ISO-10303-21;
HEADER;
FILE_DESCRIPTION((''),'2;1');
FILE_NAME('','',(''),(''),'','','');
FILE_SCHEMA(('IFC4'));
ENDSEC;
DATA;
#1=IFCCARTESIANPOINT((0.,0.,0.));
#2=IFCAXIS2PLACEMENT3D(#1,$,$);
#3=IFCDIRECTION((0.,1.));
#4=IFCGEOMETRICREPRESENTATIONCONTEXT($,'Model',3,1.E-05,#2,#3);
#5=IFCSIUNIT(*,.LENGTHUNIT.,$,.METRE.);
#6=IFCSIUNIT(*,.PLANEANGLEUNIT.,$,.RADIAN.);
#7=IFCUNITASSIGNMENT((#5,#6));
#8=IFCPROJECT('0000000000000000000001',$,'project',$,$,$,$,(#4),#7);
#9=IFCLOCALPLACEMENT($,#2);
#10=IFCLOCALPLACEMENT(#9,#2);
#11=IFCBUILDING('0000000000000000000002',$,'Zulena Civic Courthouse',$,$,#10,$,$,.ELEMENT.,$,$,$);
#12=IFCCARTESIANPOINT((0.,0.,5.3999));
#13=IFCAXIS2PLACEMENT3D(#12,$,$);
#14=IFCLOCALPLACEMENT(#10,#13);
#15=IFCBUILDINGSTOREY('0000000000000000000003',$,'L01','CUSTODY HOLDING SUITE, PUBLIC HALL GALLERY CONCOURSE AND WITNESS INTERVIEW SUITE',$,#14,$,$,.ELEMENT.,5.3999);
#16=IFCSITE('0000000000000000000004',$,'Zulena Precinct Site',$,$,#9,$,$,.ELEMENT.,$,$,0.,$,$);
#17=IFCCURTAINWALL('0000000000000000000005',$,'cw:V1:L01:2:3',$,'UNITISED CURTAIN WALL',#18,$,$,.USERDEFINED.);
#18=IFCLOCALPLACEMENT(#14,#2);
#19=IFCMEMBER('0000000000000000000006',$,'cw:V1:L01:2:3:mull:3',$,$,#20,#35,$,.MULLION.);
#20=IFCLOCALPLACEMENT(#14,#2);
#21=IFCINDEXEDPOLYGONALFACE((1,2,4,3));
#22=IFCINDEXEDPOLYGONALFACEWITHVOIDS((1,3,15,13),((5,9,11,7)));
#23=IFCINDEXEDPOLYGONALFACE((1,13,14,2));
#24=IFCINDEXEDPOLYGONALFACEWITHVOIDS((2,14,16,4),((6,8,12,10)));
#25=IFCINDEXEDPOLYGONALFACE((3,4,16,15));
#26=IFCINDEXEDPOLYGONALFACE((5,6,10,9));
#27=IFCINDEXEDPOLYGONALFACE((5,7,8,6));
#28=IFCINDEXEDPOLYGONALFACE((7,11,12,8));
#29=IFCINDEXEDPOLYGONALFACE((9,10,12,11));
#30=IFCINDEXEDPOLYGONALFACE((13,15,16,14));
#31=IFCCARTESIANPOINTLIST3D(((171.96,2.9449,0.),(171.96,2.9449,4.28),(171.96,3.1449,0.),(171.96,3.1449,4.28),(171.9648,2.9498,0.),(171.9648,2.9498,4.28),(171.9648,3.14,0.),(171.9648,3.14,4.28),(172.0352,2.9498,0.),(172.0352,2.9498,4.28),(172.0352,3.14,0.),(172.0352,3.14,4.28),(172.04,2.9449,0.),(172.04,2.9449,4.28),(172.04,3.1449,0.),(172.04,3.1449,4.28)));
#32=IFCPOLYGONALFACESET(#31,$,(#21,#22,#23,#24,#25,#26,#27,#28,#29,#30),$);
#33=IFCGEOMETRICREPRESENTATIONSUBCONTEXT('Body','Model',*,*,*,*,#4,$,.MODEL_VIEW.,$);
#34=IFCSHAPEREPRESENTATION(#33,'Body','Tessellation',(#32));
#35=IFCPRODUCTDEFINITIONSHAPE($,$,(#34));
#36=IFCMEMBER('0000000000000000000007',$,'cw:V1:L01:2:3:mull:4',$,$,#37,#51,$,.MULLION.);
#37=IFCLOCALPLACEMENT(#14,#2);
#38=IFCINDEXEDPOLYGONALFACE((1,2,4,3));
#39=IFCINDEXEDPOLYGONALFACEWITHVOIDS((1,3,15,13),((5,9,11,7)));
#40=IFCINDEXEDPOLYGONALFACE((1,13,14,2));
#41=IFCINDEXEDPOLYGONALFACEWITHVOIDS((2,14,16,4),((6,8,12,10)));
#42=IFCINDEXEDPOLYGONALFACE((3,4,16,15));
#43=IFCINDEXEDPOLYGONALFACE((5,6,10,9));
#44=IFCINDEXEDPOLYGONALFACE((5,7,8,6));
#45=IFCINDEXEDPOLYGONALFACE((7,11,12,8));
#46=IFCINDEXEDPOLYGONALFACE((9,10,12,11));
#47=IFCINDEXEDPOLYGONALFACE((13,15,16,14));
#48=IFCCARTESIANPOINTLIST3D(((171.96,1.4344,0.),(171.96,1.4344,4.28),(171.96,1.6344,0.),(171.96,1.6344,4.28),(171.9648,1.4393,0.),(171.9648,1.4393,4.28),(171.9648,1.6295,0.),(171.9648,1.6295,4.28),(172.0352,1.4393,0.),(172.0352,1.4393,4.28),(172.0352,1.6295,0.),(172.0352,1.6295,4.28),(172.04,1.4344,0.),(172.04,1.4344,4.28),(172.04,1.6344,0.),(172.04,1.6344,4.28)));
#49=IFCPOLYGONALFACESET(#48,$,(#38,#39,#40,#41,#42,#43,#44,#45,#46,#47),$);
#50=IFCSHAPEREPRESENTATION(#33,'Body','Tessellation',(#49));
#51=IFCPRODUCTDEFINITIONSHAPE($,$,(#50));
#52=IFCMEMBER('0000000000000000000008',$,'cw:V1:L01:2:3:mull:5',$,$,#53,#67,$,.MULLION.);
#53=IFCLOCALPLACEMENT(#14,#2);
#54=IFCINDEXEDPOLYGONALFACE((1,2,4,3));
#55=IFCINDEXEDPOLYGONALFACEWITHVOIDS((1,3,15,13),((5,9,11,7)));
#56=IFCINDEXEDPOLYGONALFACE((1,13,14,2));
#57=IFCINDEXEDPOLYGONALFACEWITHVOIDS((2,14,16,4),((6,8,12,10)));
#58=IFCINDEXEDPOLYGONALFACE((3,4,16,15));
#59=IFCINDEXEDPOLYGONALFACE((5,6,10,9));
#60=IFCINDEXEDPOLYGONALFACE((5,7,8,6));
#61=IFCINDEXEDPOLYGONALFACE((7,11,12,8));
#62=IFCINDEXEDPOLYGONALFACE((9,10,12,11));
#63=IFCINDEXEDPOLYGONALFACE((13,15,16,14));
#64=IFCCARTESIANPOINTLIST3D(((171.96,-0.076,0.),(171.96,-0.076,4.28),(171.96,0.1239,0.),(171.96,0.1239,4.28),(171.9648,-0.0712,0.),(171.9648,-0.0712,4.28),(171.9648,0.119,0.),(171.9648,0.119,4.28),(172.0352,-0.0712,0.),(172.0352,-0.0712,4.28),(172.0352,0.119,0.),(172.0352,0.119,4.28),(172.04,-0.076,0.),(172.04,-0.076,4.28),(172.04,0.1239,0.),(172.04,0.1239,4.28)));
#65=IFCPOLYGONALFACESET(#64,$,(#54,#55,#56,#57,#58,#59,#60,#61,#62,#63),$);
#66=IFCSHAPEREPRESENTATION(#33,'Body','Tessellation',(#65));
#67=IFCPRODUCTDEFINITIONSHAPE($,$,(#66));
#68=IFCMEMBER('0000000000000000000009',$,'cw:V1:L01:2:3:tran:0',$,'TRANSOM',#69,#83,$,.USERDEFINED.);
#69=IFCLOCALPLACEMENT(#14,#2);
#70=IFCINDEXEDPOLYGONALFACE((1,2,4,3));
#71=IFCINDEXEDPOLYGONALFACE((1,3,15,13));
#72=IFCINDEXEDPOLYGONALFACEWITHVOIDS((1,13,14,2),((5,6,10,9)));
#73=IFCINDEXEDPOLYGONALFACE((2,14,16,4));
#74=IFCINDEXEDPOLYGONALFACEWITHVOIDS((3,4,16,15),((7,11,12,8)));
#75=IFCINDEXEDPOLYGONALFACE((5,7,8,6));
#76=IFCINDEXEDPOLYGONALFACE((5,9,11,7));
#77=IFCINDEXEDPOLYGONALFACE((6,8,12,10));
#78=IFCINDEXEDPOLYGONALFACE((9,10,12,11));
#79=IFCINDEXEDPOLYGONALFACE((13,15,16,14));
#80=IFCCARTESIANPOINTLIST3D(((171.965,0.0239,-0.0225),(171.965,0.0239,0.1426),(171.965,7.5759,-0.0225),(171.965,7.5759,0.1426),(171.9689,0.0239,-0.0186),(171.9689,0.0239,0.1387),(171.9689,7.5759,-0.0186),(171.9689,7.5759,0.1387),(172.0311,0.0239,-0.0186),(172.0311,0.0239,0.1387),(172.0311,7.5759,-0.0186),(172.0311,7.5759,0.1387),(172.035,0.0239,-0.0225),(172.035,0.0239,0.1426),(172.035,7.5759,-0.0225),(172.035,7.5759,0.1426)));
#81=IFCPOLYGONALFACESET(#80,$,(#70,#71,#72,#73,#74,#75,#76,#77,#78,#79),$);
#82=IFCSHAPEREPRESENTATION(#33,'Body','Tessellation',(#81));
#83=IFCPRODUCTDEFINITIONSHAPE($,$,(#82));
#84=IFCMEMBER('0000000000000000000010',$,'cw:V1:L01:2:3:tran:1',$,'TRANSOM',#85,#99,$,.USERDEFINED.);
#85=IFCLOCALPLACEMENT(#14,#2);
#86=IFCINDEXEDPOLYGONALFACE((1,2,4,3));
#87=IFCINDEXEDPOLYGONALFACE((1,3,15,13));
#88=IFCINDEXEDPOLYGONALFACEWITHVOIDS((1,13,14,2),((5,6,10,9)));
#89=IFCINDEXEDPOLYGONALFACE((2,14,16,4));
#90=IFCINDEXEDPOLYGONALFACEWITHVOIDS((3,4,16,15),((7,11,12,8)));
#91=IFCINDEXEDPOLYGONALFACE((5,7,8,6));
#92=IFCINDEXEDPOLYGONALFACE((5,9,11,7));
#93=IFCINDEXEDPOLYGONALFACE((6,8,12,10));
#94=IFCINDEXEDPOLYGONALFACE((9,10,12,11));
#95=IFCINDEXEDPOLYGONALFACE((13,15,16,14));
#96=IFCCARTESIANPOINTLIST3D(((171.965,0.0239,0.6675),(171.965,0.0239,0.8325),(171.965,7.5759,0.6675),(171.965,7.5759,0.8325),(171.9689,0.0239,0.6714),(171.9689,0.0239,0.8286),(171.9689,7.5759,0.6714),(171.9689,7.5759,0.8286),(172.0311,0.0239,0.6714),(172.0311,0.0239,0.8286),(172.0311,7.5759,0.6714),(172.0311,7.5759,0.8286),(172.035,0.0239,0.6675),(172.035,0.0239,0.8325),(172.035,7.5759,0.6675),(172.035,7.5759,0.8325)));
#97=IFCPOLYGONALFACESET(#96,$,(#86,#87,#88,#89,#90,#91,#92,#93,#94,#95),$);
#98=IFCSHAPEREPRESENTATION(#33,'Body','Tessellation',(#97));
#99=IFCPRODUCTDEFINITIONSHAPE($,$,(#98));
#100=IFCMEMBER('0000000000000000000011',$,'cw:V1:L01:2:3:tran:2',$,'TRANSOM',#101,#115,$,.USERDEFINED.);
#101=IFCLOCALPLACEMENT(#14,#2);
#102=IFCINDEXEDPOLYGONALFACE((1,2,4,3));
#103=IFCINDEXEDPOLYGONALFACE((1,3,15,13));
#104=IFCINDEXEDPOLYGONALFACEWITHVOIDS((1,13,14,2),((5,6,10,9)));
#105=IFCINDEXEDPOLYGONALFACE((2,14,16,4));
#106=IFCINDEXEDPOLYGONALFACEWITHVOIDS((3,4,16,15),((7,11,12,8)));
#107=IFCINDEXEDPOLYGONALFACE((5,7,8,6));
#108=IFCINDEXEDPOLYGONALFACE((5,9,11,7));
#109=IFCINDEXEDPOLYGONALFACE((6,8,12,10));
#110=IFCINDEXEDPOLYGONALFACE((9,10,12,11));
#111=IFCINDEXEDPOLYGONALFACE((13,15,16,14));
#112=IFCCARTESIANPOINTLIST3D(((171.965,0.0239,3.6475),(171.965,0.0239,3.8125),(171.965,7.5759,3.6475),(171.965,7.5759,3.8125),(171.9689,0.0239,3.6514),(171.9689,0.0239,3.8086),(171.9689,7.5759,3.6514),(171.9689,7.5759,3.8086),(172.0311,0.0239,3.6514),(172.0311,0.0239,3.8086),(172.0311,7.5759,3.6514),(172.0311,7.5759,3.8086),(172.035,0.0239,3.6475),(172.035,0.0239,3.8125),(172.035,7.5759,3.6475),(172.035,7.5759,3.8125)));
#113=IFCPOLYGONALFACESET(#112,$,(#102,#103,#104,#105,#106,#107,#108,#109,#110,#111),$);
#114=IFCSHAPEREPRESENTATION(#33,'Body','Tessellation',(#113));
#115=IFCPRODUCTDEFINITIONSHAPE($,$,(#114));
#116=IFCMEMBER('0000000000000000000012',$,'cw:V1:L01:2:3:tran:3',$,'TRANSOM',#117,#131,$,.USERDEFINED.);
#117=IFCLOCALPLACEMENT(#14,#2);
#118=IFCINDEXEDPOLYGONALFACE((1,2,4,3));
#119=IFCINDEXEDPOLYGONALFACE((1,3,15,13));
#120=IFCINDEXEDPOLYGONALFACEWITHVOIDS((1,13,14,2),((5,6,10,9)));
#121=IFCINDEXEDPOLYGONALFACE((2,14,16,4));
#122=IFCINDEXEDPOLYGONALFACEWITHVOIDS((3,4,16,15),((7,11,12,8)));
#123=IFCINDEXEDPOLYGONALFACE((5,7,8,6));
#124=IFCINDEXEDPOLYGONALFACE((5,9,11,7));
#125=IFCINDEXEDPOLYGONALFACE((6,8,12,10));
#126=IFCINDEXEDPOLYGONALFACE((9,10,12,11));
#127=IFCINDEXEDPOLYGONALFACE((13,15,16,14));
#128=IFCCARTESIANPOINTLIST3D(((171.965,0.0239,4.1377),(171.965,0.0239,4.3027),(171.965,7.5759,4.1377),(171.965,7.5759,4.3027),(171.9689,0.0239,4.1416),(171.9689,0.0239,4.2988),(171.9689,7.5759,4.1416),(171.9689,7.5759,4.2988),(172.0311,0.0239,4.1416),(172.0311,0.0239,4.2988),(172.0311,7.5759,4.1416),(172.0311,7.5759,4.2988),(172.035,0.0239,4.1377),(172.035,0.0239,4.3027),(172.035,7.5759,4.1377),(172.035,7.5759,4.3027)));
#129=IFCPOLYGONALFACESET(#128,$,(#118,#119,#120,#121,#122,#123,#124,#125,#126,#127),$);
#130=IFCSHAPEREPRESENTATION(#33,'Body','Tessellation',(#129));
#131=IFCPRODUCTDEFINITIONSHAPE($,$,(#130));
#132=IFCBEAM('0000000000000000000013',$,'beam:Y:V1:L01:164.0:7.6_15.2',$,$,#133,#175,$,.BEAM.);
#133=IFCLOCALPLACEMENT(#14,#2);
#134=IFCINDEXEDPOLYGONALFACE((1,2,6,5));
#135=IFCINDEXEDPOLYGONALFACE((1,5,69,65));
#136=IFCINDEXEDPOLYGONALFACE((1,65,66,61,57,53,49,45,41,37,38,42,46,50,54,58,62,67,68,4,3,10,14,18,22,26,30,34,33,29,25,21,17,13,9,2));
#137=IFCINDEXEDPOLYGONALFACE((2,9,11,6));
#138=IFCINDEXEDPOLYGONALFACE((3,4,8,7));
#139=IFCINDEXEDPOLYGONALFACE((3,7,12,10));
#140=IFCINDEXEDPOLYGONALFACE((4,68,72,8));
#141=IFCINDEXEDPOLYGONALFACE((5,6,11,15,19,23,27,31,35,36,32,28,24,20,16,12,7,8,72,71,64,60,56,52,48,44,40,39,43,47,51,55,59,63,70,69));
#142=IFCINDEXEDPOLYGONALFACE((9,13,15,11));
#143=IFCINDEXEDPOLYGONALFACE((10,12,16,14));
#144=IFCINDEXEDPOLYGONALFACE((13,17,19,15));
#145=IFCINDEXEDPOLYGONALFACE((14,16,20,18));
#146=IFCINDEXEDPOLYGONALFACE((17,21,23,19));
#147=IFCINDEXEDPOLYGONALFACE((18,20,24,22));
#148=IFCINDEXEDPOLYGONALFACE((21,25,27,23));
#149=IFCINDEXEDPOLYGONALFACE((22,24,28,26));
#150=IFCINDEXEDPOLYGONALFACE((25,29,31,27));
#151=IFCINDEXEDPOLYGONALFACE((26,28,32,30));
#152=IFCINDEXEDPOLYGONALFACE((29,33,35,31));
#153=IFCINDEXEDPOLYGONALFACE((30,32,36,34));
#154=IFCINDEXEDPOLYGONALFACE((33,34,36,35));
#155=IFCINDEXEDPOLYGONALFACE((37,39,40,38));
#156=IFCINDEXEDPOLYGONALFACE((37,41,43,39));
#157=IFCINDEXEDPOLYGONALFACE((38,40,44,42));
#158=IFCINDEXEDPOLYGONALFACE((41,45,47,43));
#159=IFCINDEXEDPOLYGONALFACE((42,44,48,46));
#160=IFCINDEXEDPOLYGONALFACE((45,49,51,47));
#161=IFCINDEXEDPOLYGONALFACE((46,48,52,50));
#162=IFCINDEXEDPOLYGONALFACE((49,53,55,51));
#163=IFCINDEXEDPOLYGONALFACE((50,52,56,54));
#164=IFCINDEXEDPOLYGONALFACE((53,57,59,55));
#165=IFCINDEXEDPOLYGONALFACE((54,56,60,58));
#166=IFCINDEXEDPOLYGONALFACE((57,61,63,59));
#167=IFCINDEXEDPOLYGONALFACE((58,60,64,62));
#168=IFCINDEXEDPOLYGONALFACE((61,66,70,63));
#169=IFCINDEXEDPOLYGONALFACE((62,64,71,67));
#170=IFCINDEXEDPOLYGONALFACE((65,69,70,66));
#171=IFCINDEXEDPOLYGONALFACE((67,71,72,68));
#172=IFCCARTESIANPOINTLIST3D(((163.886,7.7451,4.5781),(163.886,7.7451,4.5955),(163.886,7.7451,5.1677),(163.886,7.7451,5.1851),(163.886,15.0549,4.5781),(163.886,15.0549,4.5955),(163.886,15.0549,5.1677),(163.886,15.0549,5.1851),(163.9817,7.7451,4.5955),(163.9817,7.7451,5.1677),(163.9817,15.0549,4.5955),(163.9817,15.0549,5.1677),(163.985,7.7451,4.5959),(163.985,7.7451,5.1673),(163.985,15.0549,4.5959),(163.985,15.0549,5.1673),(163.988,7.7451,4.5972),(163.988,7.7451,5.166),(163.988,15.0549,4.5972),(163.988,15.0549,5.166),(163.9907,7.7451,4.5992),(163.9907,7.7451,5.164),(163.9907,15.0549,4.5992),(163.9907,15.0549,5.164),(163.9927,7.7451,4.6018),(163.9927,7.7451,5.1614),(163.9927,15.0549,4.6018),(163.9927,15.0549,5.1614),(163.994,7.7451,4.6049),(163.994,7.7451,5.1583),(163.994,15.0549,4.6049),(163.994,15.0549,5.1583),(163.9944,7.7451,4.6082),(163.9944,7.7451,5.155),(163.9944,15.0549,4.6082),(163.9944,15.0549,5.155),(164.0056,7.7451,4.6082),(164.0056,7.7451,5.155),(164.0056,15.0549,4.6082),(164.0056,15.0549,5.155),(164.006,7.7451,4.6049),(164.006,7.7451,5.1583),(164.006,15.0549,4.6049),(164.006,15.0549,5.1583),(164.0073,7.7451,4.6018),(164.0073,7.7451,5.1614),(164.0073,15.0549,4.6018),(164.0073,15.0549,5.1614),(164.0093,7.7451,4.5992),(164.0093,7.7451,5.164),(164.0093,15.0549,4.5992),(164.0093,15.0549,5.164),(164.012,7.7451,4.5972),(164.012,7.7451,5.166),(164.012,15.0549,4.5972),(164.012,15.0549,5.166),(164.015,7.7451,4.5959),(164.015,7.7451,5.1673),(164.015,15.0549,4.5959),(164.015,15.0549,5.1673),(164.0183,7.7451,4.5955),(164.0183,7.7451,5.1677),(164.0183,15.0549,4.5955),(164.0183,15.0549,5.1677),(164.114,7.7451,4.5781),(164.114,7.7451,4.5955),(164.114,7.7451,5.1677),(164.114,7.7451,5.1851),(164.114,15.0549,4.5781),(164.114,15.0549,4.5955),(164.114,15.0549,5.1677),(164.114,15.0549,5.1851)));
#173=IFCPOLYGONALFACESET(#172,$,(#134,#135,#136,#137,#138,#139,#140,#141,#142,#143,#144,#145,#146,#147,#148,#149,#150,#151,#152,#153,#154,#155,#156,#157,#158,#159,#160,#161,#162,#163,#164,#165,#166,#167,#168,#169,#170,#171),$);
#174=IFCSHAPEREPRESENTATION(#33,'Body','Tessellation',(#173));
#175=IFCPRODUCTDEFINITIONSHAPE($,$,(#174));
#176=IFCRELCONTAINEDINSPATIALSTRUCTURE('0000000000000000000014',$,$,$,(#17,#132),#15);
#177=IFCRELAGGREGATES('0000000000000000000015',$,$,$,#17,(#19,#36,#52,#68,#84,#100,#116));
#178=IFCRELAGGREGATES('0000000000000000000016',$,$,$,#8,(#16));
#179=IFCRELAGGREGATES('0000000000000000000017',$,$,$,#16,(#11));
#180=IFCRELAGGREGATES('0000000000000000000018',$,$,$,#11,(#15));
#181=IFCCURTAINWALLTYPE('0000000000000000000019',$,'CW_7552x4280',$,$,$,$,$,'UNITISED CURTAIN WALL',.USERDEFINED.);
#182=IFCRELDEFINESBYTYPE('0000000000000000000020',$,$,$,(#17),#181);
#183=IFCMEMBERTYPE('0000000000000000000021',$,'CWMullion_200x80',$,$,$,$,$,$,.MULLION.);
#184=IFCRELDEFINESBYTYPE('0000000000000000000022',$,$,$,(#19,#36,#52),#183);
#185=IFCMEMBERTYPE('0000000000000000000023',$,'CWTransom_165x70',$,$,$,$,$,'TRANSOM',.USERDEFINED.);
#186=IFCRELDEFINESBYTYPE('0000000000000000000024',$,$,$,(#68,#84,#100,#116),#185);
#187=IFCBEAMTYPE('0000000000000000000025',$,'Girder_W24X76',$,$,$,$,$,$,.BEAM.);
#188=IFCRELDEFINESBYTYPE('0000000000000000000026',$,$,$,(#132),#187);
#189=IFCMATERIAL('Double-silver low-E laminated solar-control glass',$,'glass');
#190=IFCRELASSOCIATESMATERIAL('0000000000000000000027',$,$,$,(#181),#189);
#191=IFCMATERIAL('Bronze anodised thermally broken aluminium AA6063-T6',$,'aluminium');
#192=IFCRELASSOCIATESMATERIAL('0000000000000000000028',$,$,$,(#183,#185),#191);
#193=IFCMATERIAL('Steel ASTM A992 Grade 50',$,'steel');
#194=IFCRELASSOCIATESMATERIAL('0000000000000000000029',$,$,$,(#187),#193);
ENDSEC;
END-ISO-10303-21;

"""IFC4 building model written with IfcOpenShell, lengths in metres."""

from ifc_helpers import new_model, si_unit, direction, frame, origin, origin_2d, place, context, subcontext, project, spatial, hollow_rectangle, i_section, extrude, material, material_profile, profile_set, type_object, element, aggregate, save


model = new_model("IFC4")

# Units and contexts
model_context = context("Model", 3, precision=1e-05, world=origin(), true_north=direction((0.0, 1.0)))
body_context = subcontext(model_context, "Body", "Model", "MODEL_VIEW")
ifc_project = project(units=[si_unit("LENGTHUNIT", "METRE"), si_unit("PLANEANGLEUNIT", "RADIAN")], contexts=[model_context])

# Site, building, storey
site_placement = place(None, origin())
site = spatial("IfcSite", under=ifc_project, at=site_placement, Name="Zulena Precinct Site", CompositionType="ELEMENT", RefElevation=0.0)
building_placement = place(site_placement, origin())
building = spatial("IfcBuilding", under=site, at=building_placement, Name="Zulena Civic Courthouse", CompositionType="ELEMENT")
storey_placement = place(building_placement, frame((0.0, 0.0, 5.3999)))
storey = spatial("IfcBuildingStorey", under=building, at=storey_placement, Name="L01", Description="CUSTODY HOLDING SUITE, PUBLIC HALL GALLERY CONCOURSE AND WITNESS INTERVIEW SUITE", CompositionType="ELEMENT", Elevation=5.3999)

# Shared definitions
ifc_material_1 = material(Name="Steel ASTM A992 Grade 50", Category="steel")

# Curtain wall, members
ifc_material_2 = material(Name="Double-silver low-E laminated solar-control glass", Category="glass")
curtain_wall_type = type_object("IfcCurtainWallType", Name="CW_7552x4280", ElementType="UNITISED CURTAIN WALL", PredefinedType="USERDEFINED", material=ifc_material_2)
curtain_wall_placement = place(storey_placement, origin())
curtain_wall = element("IfcCurtainWall", 1, at=curtain_wall_placement, inside=storey, type_object=curtain_wall_type, Name="cw:V1:L01:2:3", ObjectType="UNITISED CURTAIN WALL", PredefinedType="USERDEFINED")
ifc_material_3 = material(Name="Bronze anodised thermally broken aluminium AA6063-T6", Category="aluminium")
ifc_material_profile_1 = material_profile(ifc_material_3, hollow_rectangle(XDim=0.0801, YDim=0.2, WallThickness=0.0049, at=origin_2d()), Name="CWM200X80X5")
ifc_profile_set_1 = profile_set([ifc_material_profile_1], Name="Bronze anodised thermally broken aluminium AA6063-T6")
member_type_1 = type_object("IfcMemberType", Name="CWMullion_200x80", PredefinedType="MULLION", material=ifc_profile_set_1)
member_1_placement = place(storey_placement, frame((172.0, 3.0449, 0.0), z_axis=(0.0, 0.0, 1.0), x_axis=(1.0, 0.0, 0.0)))
member_1 = element("IfcMember", 2, at=member_1_placement, type_object=member_type_1, Name="cw:V1:L01:2:3:mull:3", PredefinedType="MULLION", context=body_context, shape_type="SweptSolid", body=[
    extrude(hollow_rectangle(XDim=0.0801, YDim=0.2, WallThickness=0.0049, at=origin_2d()), origin(), (0.0, 0.0, 1.0), 4.28),
])
member_2_placement = place(storey_placement, frame((172.0, 1.5344, 0.0), z_axis=(0.0, 0.0, 1.0), x_axis=(1.0, 0.0, 0.0)))
member_2 = element("IfcMember", 3, at=member_2_placement, type_object=member_type_1, Name="cw:V1:L01:2:3:mull:4", PredefinedType="MULLION", context=body_context, shape_type="SweptSolid", body=[
    extrude(hollow_rectangle(XDim=0.0801, YDim=0.2, WallThickness=0.0049, at=origin_2d()), origin(), (0.0, 0.0, 1.0), 4.28),
])
member_3_placement = place(storey_placement, frame((172.0, 0.0239, 0.0), z_axis=(0.0, 0.0, 1.0), x_axis=(1.0, 0.0, 0.0)))
member_3 = element("IfcMember", 4, at=member_3_placement, type_object=member_type_1, Name="cw:V1:L01:2:3:mull:5", PredefinedType="MULLION", context=body_context, shape_type="SweptSolid", body=[
    extrude(hollow_rectangle(XDim=0.0801, YDim=0.2, WallThickness=0.0049, at=origin_2d()), origin(), (0.0, 0.0, 1.0), 4.28),
])
ifc_material_profile_2 = material_profile(ifc_material_3, hollow_rectangle(XDim=0.0701, YDim=0.165, WallThickness=0.0039, at=origin_2d()), Name="CWT165X70X4")
ifc_profile_set_2 = profile_set([ifc_material_profile_2], Name="Bronze anodised thermally broken aluminium AA6063-T6")
member_type_2 = type_object("IfcMemberType", Name="CWTransom_165x70", ElementType="TRANSOM", PredefinedType="USERDEFINED", material=ifc_profile_set_2)
member_4_placement = place(storey_placement, frame((172.0, 7.5759, 0.0601), z_axis=(0.0, -1.0, 0.0), x_axis=(1.0, 0.0, 0.0)))
member_4 = element("IfcMember", 5, at=member_4_placement, type_object=member_type_2, Name="cw:V1:L01:2:3:tran:0", ObjectType="TRANSOM", PredefinedType="USERDEFINED", context=body_context, shape_type="SweptSolid", body=[
    extrude(hollow_rectangle(XDim=0.0701, YDim=0.165, WallThickness=0.0039, at=origin_2d()), origin(), (0.0, 0.0, 1.0), 7.552),
])
member_5_placement = place(storey_placement, frame((172.0, 7.5759, 0.75), z_axis=(0.0, -1.0, 0.0), x_axis=(1.0, 0.0, 0.0)))
member_5 = element("IfcMember", 6, at=member_5_placement, type_object=member_type_2, Name="cw:V1:L01:2:3:tran:1", ObjectType="TRANSOM", PredefinedType="USERDEFINED", context=body_context, shape_type="SweptSolid", body=[
    extrude(hollow_rectangle(XDim=0.0701, YDim=0.165, WallThickness=0.0039, at=origin_2d()), origin(), (0.0, 0.0, 1.0), 7.552),
])
member_6_placement = place(storey_placement, frame((172.0, 7.5759, 3.73), z_axis=(0.0, -1.0, 0.0), x_axis=(1.0, 0.0, 0.0)))
member_6 = element("IfcMember", 7, at=member_6_placement, type_object=member_type_2, Name="cw:V1:L01:2:3:tran:2", ObjectType="TRANSOM", PredefinedType="USERDEFINED", context=body_context, shape_type="SweptSolid", body=[
    extrude(hollow_rectangle(XDim=0.0701, YDim=0.165, WallThickness=0.0039, at=origin_2d()), origin(), (0.0, 0.0, 1.0), 7.552),
])
member_7_placement = place(storey_placement, frame((172.0, 7.5759, 4.2202), z_axis=(0.0, -1.0, 0.0), x_axis=(1.0, 0.0, 0.0)))
member_7 = element("IfcMember", 8, at=member_7_placement, type_object=member_type_2, Name="cw:V1:L01:2:3:tran:3", ObjectType="TRANSOM", PredefinedType="USERDEFINED", context=body_context, shape_type="SweptSolid", body=[
    extrude(hollow_rectangle(XDim=0.0701, YDim=0.165, WallThickness=0.0039, at=origin_2d()), origin(), (0.0, 0.0, 1.0), 7.552),
])

# Beam
ifc_material_profile_3 = material_profile(ifc_material_1, i_section(OverallWidth=0.228, OverallDepth=0.6069, WebThickness=0.0112, FlangeThickness=0.0173, FilletRadius=0.0127, at=origin_2d()), Name="W24X76")
ifc_profile_set_3 = profile_set([ifc_material_profile_3], Name="Steel ASTM A992 Grade 50")
beam_type_1 = type_object("IfcBeamType", Name="Girder_W24X76", PredefinedType="BEAM", material=ifc_profile_set_3)
beam_1_placement = place(storey_placement, frame((164.0, 7.7451, 4.8816), z_axis=(0.0, 1.0, 0.0), x_axis=(-1.0, 0.0, 0.0)))
element("IfcBeam", 9, at=beam_1_placement, inside=storey, type_object=beam_type_1, Name="beam:Y:V1:L01:164.0:7.6_15.2", PredefinedType="BEAM", context=body_context, shape_type="SweptSolid", body=[
    extrude(i_section(OverallWidth=0.228, OverallDepth=0.6069, WebThickness=0.0112, FlangeThickness=0.0173, FilletRadius=0.0127, at=origin_2d()), origin(), (0.0, 0.0, 1.0), 7.3098),
])

aggregate(curtain_wall, [member_1, member_2, member_3, member_4, member_5, member_6, member_7])

save(model, "model.ifc")
